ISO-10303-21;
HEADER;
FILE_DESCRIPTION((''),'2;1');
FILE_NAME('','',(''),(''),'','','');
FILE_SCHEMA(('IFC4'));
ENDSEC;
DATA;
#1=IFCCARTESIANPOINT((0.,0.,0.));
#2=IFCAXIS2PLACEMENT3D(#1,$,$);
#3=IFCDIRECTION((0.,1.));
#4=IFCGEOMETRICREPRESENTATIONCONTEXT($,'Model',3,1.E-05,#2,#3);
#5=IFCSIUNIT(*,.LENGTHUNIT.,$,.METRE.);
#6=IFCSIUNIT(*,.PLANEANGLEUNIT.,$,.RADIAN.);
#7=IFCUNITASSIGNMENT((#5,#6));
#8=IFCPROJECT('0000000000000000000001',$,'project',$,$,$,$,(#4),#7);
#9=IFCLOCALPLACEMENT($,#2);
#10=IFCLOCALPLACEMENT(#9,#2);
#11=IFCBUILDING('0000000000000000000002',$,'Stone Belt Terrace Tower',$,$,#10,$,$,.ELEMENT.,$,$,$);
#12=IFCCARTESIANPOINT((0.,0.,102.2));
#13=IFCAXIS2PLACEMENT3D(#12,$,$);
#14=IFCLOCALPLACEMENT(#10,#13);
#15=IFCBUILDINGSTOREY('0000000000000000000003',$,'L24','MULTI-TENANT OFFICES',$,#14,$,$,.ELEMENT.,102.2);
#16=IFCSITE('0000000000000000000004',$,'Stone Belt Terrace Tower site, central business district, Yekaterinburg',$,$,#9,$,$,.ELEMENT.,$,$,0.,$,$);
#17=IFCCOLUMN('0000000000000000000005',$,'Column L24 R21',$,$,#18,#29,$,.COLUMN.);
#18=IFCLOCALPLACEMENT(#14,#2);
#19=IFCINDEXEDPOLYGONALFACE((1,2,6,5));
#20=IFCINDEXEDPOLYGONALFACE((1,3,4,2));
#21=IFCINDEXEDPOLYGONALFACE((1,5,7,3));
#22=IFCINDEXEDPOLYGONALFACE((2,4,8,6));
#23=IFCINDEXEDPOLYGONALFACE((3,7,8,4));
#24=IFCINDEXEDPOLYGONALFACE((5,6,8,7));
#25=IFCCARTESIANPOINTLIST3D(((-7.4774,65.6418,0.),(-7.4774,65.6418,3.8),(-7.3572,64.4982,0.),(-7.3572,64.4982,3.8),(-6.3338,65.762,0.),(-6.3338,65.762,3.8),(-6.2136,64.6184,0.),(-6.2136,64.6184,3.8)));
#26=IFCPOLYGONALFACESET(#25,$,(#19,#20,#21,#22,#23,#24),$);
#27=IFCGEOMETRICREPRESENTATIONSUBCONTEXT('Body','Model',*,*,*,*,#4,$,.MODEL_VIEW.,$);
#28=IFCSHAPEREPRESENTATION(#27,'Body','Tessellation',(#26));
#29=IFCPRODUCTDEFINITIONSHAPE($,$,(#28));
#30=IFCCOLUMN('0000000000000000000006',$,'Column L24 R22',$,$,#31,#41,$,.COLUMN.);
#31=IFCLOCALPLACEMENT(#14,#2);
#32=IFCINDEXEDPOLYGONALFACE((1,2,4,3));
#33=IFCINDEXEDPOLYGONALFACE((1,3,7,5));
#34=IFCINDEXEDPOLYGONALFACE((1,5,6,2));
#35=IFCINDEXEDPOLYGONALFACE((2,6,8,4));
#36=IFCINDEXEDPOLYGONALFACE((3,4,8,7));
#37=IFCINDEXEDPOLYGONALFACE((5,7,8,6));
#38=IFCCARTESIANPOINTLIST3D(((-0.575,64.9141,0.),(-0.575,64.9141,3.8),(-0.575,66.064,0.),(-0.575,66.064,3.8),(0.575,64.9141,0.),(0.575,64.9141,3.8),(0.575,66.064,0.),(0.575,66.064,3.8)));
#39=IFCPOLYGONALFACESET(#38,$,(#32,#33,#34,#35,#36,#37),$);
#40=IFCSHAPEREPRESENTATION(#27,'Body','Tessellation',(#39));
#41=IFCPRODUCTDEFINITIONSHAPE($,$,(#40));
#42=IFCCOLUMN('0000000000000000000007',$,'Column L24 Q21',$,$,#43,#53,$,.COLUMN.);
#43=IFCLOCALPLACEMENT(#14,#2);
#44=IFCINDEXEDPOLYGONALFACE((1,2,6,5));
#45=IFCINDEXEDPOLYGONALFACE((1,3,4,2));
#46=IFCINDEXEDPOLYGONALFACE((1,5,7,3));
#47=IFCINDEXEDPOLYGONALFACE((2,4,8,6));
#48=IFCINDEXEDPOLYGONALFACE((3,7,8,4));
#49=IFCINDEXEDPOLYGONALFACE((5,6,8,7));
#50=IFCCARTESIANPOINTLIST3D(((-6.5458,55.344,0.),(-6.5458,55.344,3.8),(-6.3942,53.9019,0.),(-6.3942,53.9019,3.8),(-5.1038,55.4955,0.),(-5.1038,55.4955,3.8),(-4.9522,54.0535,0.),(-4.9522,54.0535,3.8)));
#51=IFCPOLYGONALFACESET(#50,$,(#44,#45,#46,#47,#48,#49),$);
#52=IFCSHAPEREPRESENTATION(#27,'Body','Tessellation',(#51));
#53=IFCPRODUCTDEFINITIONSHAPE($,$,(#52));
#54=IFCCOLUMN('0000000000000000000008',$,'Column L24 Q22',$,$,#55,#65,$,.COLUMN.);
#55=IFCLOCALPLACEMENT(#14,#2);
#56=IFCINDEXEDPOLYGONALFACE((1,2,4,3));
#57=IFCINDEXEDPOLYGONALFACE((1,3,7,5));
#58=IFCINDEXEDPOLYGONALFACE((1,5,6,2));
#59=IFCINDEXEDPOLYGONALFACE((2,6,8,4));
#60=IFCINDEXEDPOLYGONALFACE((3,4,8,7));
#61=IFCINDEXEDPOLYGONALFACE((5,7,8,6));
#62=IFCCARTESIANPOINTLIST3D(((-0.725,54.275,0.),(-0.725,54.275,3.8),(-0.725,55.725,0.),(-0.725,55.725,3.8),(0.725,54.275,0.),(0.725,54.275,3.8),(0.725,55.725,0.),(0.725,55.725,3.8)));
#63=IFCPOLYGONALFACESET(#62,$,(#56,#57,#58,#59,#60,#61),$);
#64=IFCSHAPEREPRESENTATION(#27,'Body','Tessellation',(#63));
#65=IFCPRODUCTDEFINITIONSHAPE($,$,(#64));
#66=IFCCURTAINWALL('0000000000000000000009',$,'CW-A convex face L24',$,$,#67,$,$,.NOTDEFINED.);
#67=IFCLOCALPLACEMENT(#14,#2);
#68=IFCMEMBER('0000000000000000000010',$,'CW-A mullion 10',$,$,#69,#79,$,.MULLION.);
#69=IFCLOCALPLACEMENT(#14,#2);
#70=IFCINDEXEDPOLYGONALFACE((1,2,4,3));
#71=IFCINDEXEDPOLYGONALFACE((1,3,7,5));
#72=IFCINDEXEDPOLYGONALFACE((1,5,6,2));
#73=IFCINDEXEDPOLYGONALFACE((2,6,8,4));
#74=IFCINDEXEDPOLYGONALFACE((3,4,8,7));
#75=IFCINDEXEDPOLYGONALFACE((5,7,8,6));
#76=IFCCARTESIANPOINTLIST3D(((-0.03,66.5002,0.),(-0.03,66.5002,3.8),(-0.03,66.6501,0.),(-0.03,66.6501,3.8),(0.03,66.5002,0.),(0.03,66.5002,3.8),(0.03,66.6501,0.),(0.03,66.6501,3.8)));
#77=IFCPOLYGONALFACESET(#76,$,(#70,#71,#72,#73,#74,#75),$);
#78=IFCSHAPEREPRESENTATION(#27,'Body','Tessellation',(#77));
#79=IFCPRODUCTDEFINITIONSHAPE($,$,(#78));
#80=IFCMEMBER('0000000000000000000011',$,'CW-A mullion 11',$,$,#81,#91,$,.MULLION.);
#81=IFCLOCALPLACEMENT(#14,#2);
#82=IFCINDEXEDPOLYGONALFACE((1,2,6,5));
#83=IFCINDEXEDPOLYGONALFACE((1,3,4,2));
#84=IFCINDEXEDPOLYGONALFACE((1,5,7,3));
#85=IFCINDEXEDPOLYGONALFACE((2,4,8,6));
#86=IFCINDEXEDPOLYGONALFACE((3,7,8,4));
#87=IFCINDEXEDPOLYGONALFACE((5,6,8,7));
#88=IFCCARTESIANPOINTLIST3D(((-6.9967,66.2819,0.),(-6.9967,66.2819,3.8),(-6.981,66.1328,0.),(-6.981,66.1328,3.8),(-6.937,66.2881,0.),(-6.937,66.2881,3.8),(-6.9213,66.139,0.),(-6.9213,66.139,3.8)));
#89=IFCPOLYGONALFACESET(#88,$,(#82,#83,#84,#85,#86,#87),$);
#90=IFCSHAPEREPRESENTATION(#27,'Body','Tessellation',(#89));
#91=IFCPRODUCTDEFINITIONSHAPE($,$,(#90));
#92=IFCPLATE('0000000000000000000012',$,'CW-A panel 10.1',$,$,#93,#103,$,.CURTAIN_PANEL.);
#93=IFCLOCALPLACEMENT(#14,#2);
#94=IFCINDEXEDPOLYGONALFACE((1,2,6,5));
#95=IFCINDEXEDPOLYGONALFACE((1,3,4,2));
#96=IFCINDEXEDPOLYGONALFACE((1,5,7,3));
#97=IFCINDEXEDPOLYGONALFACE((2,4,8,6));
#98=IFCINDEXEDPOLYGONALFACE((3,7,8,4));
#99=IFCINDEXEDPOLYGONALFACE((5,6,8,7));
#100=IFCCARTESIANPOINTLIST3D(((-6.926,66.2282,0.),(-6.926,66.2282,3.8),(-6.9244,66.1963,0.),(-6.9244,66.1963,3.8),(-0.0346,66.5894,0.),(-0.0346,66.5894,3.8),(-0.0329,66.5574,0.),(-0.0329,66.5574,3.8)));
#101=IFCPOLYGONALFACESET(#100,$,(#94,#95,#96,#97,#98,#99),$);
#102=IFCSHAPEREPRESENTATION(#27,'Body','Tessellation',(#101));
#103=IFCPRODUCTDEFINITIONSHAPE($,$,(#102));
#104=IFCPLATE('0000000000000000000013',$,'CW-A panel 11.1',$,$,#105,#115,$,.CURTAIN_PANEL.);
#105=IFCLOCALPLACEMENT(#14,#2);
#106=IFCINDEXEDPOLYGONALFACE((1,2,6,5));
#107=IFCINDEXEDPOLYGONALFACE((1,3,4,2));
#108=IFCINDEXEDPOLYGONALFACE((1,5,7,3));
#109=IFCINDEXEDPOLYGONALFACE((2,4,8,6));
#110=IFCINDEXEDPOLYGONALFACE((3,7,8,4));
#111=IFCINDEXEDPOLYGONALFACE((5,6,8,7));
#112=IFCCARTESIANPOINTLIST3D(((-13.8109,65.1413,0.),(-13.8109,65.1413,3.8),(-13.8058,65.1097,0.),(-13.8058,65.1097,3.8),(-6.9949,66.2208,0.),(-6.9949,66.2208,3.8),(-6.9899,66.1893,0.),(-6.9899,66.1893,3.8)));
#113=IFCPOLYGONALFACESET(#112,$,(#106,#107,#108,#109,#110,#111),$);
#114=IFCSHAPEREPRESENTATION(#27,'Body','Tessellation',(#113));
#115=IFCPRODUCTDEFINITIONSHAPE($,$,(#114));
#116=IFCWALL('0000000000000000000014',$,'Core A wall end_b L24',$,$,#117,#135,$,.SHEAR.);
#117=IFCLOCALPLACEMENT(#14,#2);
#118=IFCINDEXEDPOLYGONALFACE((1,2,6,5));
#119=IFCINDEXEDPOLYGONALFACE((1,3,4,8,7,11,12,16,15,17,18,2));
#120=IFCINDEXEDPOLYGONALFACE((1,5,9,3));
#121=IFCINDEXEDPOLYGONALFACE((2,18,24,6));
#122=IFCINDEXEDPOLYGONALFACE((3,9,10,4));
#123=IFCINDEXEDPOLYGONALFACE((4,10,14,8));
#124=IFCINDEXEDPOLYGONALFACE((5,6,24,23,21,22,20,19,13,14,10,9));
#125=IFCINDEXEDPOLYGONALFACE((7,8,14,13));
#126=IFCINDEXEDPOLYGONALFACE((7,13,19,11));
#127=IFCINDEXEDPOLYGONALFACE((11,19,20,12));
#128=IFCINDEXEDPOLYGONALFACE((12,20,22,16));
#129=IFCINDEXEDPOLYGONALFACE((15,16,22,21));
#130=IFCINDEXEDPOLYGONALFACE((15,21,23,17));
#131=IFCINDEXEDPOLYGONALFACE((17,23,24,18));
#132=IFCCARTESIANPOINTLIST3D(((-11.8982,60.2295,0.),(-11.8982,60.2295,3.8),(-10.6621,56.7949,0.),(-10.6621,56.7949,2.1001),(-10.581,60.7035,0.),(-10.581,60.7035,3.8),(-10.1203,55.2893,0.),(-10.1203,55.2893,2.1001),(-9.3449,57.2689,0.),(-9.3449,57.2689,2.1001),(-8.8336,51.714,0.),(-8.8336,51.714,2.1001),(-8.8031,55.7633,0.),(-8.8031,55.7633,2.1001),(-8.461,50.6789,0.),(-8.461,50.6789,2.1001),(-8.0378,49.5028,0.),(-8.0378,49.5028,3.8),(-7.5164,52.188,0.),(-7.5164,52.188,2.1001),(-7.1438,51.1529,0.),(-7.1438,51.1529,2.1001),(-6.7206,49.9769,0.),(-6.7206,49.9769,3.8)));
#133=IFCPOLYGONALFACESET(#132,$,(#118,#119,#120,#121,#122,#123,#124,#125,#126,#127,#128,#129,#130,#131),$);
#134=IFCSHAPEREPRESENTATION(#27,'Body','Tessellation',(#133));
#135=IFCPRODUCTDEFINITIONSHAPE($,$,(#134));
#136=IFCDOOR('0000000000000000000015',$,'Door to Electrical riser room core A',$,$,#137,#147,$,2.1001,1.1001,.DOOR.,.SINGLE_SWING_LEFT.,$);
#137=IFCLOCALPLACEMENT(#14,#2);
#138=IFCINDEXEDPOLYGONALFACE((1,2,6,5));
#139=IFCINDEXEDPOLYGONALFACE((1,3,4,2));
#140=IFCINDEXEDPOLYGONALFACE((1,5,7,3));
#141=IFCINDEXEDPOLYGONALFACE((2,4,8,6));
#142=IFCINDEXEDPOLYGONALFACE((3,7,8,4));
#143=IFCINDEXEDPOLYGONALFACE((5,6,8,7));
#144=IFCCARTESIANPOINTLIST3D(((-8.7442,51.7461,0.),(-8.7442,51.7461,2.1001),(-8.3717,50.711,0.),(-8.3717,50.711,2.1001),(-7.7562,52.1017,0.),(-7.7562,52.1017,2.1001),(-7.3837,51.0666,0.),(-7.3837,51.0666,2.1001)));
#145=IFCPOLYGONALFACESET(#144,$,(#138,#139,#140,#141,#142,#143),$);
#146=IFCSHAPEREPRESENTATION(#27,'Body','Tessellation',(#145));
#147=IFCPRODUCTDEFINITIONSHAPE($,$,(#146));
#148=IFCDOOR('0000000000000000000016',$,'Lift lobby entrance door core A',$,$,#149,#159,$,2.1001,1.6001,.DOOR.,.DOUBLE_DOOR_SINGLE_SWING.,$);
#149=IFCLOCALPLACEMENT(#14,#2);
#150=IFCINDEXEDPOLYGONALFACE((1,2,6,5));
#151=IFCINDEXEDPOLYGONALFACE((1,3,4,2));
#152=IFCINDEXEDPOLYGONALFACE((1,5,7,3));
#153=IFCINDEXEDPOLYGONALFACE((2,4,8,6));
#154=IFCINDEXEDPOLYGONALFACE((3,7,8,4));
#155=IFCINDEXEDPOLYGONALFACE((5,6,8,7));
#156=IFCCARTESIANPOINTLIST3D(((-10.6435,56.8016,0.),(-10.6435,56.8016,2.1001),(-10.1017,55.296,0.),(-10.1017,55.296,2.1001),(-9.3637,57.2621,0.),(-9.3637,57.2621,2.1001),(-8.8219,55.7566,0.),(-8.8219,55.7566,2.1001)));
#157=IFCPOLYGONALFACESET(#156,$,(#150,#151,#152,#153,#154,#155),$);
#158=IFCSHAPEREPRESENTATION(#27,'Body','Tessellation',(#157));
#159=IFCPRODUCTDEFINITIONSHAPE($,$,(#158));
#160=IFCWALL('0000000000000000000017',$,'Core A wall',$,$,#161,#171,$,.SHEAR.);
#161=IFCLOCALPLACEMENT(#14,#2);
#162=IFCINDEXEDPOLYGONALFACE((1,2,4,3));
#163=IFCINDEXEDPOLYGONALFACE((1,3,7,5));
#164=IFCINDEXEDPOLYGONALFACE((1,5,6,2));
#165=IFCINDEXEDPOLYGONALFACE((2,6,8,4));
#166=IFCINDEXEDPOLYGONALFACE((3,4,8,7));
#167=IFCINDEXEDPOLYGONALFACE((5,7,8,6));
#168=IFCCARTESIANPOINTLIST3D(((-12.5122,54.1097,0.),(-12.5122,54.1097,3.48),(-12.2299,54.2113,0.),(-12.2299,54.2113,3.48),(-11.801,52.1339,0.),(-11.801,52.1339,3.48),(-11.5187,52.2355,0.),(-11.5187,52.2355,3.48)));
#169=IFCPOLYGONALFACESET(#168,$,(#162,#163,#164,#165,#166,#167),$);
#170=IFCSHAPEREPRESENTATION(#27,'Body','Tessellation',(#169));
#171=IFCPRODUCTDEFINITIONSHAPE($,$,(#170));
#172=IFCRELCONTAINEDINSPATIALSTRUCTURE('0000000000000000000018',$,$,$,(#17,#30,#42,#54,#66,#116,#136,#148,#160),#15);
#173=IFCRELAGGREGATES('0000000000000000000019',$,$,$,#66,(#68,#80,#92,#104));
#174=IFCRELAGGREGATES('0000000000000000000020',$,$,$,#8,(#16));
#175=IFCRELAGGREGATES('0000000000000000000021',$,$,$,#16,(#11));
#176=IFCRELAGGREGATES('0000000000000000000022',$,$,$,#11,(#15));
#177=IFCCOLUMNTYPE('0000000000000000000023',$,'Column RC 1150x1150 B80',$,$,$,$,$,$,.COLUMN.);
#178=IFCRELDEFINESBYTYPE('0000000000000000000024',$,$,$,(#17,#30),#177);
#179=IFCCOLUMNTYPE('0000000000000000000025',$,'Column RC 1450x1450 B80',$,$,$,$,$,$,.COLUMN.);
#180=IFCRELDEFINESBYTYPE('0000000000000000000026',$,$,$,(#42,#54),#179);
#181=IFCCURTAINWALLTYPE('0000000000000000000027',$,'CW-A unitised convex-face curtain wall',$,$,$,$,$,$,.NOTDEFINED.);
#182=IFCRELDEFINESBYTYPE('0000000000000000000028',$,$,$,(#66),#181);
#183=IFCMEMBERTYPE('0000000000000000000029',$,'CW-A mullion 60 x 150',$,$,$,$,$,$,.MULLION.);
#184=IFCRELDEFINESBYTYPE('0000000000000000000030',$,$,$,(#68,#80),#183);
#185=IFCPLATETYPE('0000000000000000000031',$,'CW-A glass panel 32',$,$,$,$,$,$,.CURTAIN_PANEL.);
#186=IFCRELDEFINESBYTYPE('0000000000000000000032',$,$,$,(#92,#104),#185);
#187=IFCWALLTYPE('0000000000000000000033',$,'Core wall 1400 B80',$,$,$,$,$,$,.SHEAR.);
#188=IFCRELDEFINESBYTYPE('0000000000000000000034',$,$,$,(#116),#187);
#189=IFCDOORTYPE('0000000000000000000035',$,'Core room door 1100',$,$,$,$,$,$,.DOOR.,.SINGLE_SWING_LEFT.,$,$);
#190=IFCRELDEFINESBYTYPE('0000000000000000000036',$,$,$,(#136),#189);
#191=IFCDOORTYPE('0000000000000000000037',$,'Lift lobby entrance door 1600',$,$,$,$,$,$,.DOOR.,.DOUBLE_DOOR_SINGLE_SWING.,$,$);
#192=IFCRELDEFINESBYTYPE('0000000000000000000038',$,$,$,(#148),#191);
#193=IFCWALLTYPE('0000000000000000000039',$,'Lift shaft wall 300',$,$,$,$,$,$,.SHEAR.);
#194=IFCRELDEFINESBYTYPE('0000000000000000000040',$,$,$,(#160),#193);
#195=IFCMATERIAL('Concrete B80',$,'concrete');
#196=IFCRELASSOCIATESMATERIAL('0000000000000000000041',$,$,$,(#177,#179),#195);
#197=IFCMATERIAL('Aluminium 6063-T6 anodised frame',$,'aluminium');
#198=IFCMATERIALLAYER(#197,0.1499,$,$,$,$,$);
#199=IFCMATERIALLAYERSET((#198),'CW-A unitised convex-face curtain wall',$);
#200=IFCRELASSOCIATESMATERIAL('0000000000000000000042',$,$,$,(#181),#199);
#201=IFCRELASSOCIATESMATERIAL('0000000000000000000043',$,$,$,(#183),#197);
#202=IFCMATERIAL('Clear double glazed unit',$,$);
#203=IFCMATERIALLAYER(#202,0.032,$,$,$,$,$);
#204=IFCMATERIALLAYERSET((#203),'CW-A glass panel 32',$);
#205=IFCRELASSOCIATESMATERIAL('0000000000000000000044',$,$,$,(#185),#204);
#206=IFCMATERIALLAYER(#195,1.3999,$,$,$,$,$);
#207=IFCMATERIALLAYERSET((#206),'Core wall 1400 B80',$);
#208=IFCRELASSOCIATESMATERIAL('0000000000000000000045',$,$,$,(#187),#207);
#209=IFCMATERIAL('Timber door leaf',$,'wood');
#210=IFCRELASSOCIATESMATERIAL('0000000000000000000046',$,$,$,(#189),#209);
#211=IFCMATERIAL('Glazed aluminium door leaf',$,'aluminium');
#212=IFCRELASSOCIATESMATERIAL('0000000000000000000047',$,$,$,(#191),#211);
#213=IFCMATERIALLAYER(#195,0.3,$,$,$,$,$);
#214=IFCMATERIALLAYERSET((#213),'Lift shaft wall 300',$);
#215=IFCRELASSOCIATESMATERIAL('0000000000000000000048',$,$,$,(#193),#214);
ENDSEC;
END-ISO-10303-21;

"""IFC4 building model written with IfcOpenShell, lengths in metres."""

from ifc_helpers import new_model, si_unit, direction, frame, frame_2d, origin, origin_2d, place, context, subcontext, project, spatial, rectangle, extrude, material, layer, layer_set, material_profile, profile_set, type_object, element, fill, aggregate, save


model = new_model("IFC4")

# Units and contexts
model_context = context("Model", 3, precision=1e-05, world=origin(), true_north=direction((0.0, 1.0)))
body_context = subcontext(model_context, "Body", "Model", "MODEL_VIEW")
ifc_project = project(units=[si_unit("LENGTHUNIT", "METRE"), si_unit("PLANEANGLEUNIT", "RADIAN")], contexts=[model_context])

# Site, building, storey
site_placement = place(None, origin())
site = spatial("IfcSite", under=ifc_project, at=site_placement, Name="Stone Belt Terrace Tower site, central business district, Yekaterinburg", CompositionType="ELEMENT", RefElevation=0.0)
building_placement = place(site_placement, origin())
building = spatial("IfcBuilding", under=site, at=building_placement, Name="Stone Belt Terrace Tower", CompositionType="ELEMENT")
storey_placement = place(building_placement, frame((0.0, 0.0, 102.2)))
storey = spatial("IfcBuildingStorey", under=building, at=storey_placement, Name="L24", Description="MULTI-TENANT OFFICES", CompositionType="ELEMENT", Elevation=102.2)

# Columns
ifc_material_1 = material(Name="Concrete B80", Category="concrete")
ifc_material_profile_1 = material_profile(ifc_material_1, rectangle(XDim=1.1499, YDim=1.1499, at=origin_2d()), Name="RC 1150x1150")
ifc_profile_set_1 = profile_set([ifc_material_profile_1], Name="Concrete B80")
column_type_1 = type_object("IfcColumnType", Name="Column RC 1150x1150 B80", PredefinedType="COLUMN", material=ifc_profile_set_1)
for number, where, z_axis, x_axis, name in (
    (1, (-6.8455, 65.1301, 0.0), (0.0, 0.0, 1.0), (0.994522, 0.104528, 0.0), "Column L24 R21"),
    (2, (0.0, 65.489, 0.0), (0.0, 0.0, 1.0), (1.0, 0.0, 0.0), "Column L24 R22"),
):
    element("IfcColumn", number, at=place(storey_placement, frame(where, z_axis=z_axis, x_axis=x_axis)), inside=storey, type_object=column_type_1, Name=name, PredefinedType="COLUMN", context=body_context, shape_type="SweptSolid", body=[
        extrude(rectangle(XDim=1.1499, YDim=1.1499, at=origin_2d()), origin(), (0.0, 0.0, 1.0), 3.8),
    ])
ifc_material_profile_2 = material_profile(ifc_material_1, rectangle(XDim=1.45, YDim=1.45, at=origin_2d()), Name="RC 1450x1450")
ifc_profile_set_2 = profile_set([ifc_material_profile_2], Name="Concrete B80")
column_type_2 = type_object("IfcColumnType", Name="Column RC 1450x1450 B80", PredefinedType="COLUMN", material=ifc_profile_set_2)
for number, where, z_axis, x_axis, name in (
    (3, (-5.749, 54.6987, 0.0), (0.0, 0.0, 1.0), (0.994522, 0.104528, 0.0), "Column L24 Q21"),
    (4, (0.0, 55.0, 0.0), (0.0, 0.0, 1.0), (1.0, 0.0, 0.0), "Column L24 Q22"),
):
    element("IfcColumn", number, at=place(storey_placement, frame(where, z_axis=z_axis, x_axis=x_axis)), inside=storey, type_object=column_type_2, Name=name, PredefinedType="COLUMN", context=body_context, shape_type="SweptSolid", body=[
        extrude(rectangle(XDim=1.45, YDim=1.45, at=origin_2d()), origin(), (0.0, 0.0, 1.0), 3.8),
    ])

# Curtain wall, members, plates
ifc_material_2 = material(Name="Aluminium 6063-T6 anodised frame", Category="aluminium")
ifc_layer_1 = layer(ifc_material_2, 0.1499)
ifc_layer_set_1 = layer_set([ifc_layer_1], Name="CW-A unitised convex-face curtain wall")
curtain_wall_type = type_object("IfcCurtainWallType", Name="CW-A unitised convex-face curtain wall", PredefinedType="NOTDEFINED", material=ifc_layer_set_1)
curtain_wall_placement = place(storey_placement, origin())
curtain_wall = element("IfcCurtainWall", 5, at=curtain_wall_placement, inside=storey, type_object=curtain_wall_type, Name="CW-A convex face L24", PredefinedType="NOTDEFINED")
ifc_material_profile_3 = material_profile(ifc_material_2, rectangle(XDim=0.1499, YDim=0.0601, at=origin_2d()), Name="Aluminium 6063-T6 60x150")
ifc_profile_set_3 = profile_set([ifc_material_profile_3], Name="Aluminium 6063-T6 anodised frame")
member_type = type_object("IfcMemberType", Name="CW-A mullion 60 x 150", PredefinedType="MULLION", material=ifc_profile_set_3)
member_1_placement = place(storey_placement, frame((0.0, 66.5752, 0.0), z_axis=(0.0, 0.0, 1.0), x_axis=(0.0, -1.0, 0.0)))
member_1 = element("IfcMember", 6, at=member_1_placement, type_object=member_type, Name="CW-A mullion 10", PredefinedType="MULLION", context=body_context, shape_type="SweptSolid", body=[
    extrude(rectangle(XDim=0.1499, YDim=0.0601, at=origin_2d()), origin(), (0.0, 0.0, 1.0), 3.8),
])
member_2_placement = place(storey_placement, frame((-6.959, 66.2104, 0.0), z_axis=(0.0, 0.0, 1.0), x_axis=(0.104528, -0.994522, 0.0)))
member_2 = element("IfcMember", 7, at=member_2_placement, type_object=member_type, Name="CW-A mullion 11", PredefinedType="MULLION", context=body_context, shape_type="SweptSolid", body=[
    extrude(rectangle(XDim=0.1499, YDim=0.0601, at=origin_2d()), origin(), (0.0, 0.0, 1.0), 3.8),
])
ifc_material_3 = material(Name="Clear double glazed unit")
ifc_layer_2 = layer(ifc_material_3, 0.032)
ifc_layer_set_2 = layer_set([ifc_layer_2], Name="CW-A glass panel 32")
plate_type = type_object("IfcPlateType", Name="CW-A glass panel 32", PredefinedType="CURTAIN_PANEL", material=ifc_layer_set_2)
plate_1_placement = place(storey_placement, frame((-3.4795, 66.3928, 0.0), z_axis=(0.0, 0.0, 1.0), x_axis=(-0.99863, -0.052336, 0.0)))
plate_1 = element("IfcPlate", 8, at=plate_1_placement, type_object=plate_type, Name="CW-A panel 10.1", PredefinedType="CURTAIN_PANEL", context=body_context, shape_type="SweptSolid", body=[
    extrude(rectangle(XDim=6.9009, YDim=0.032, at=origin_2d()), origin(), (0.0, 0.0, 1.0), 3.8),
])
plate_2_placement = place(storey_placement, frame((-10.4004, 65.6653, 0.0), z_axis=(0.0, 0.0, 1.0), x_axis=(-0.987688, -0.156434, 0.0)))
plate_2 = element("IfcPlate", 9, at=plate_2_placement, type_object=plate_type, Name="CW-A panel 11.1", PredefinedType="CURTAIN_PANEL", context=body_context, shape_type="SweptSolid", body=[
    extrude(rectangle(XDim=6.9009, YDim=0.032, at=origin_2d()), origin(), (0.0, 0.0, 1.0), 3.8),
])
aggregate(curtain_wall, [member_1, member_2, plate_1, plate_2])

# Wall, openings, doors
ifc_layer_3 = layer(ifc_material_1, 1.3999)
ifc_layer_set_3 = layer_set([ifc_layer_3], Name="Core wall 1400 B80")
wall_type_1 = type_object("IfcWallType", Name="Core wall 1400 B80", PredefinedType="SHEAR", material=ifc_layer_set_3)
wall_1_placement = place(storey_placement, frame((-7.3792, 49.7397, 0.0), z_axis=(0.0, 0.0, 1.0), x_axis=(-0.338625, 0.940921, 0.0)))
wall_1 = element("IfcWall", 10, at=wall_1_placement, inside=storey, type_object=wall_type_1, Name="Core A wall end_b L24", PredefinedType="SHEAR", context=body_context, shape_type="SweptSolid", body=[
    extrude(rectangle(XDim=11.4001, YDim=1.3999, at=frame_2d((5.7002, 0.0))), origin(), (0.0, 0.0, 1.0), 3.8),
])
opening_1_placement = place(wall_1_placement, frame((6.1499, 0.0, 0.0)))
opening_1 = element("IfcOpeningElement", 11, at=opening_1_placement, cuts=wall_1, PredefinedType="OPENING", context=body_context, shape_type="SweptSolid", body=[
    extrude(rectangle(XDim=1.6001, YDim=2.1001, at=frame_2d((0.8, 1.05))), frame((0.0, 0.71, 0.0), z_axis=(0.0, -1.0, 0.0), x_axis=(1.0, 0.0, 0.0)), (0.0, 0.0, 1.0), 1.4199),
])
opening_2_placement = place(wall_1_placement, frame((1.25, 0.0, 0.0)))
opening_2 = element("IfcOpeningElement", 12, at=opening_2_placement, cuts=wall_1, PredefinedType="OPENING", context=body_context, shape_type="SweptSolid", body=[
    extrude(rectangle(XDim=1.1001, YDim=2.1001, at=frame_2d((0.55, 1.05))), frame((0.0, 0.71, 0.0), z_axis=(0.0, -1.0, 0.0), x_axis=(1.0, 0.0, 0.0)), (0.0, 0.0, 1.0), 1.4199),
])
ifc_material_4 = material(Name="Timber door leaf", Category="wood")
door_type_1 = type_object("IfcDoorType", Name="Core room door 1100", OperationType="SINGLE_SWING_LEFT", PredefinedType="DOOR", material=ifc_material_4)
door_1_placement = place(opening_2_placement, origin())
door_1 = element("IfcDoor", 13, at=door_1_placement, inside=storey, type_object=door_type_1, Name="Door to Electrical riser room core A", OperationType="SINGLE_SWING_LEFT", OverallHeight=2.1001, OverallWidth=1.1001, PredefinedType="DOOR", context=body_context, shape_type="SweptSolid", body=[
    extrude(rectangle(XDim=1.1001, YDim=2.1001, at=frame_2d((0.55, 1.05))), frame((0.0, 0.605, 0.0), z_axis=(0.0, -1.0, 0.0), x_axis=(1.0, 0.0, 0.0)), (0.0, 0.0, 1.0), 1.05),
])
fill(opening_2, door_1)
ifc_material_5 = material(Name="Glazed aluminium door leaf", Category="aluminium")
door_type_2 = type_object("IfcDoorType", Name="Lift lobby entrance door 1600", OperationType="DOUBLE_DOOR_SINGLE_SWING", PredefinedType="DOOR", material=ifc_material_5)
door_2_placement = place(opening_1_placement, origin())
door_2 = element("IfcDoor", 14, at=door_2_placement, inside=storey, type_object=door_type_2, Name="Lift lobby entrance door core A", OperationType="DOUBLE_DOOR_SINGLE_SWING", OverallHeight=2.1001, OverallWidth=1.6001, PredefinedType="DOOR", context=body_context, shape_type="SweptSolid", body=[
    extrude(rectangle(XDim=1.6001, YDim=2.1001, at=frame_2d((0.8, 1.05))), frame((0.0, 0.6802, 0.0), z_axis=(0.0, -1.0, 0.0), x_axis=(1.0, 0.0, 0.0)), (0.0, 0.0, 1.0), 1.3601),
])
fill(opening_1, door_2)

# Wall
ifc_layer_4 = layer(ifc_material_1, 0.3)
ifc_layer_set_4 = layer_set([ifc_layer_4], Name="Lift shaft wall 300")
wall_type_2 = type_object("IfcWallType", Name="Lift shaft wall 300", PredefinedType="SHEAR", material=ifc_layer_set_4)
wall_2_placement = place(storey_placement, frame((-11.6599, 52.1848, 0.0), z_axis=(0.0, 0.0, 1.0), x_axis=(-0.33867, 0.940905, 0.0)))
element("IfcWall", 15, at=wall_2_placement, inside=storey, type_object=wall_type_2, Name="Core A wall", PredefinedType="SHEAR", context=body_context, shape_type="SweptSolid", body=[
    extrude(rectangle(XDim=2.0999, YDim=0.3, at=frame_2d((1.0498, 0.0))), origin(), (0.0, 0.0, 1.0), 3.48),
])

save(model, "model.ifc")
